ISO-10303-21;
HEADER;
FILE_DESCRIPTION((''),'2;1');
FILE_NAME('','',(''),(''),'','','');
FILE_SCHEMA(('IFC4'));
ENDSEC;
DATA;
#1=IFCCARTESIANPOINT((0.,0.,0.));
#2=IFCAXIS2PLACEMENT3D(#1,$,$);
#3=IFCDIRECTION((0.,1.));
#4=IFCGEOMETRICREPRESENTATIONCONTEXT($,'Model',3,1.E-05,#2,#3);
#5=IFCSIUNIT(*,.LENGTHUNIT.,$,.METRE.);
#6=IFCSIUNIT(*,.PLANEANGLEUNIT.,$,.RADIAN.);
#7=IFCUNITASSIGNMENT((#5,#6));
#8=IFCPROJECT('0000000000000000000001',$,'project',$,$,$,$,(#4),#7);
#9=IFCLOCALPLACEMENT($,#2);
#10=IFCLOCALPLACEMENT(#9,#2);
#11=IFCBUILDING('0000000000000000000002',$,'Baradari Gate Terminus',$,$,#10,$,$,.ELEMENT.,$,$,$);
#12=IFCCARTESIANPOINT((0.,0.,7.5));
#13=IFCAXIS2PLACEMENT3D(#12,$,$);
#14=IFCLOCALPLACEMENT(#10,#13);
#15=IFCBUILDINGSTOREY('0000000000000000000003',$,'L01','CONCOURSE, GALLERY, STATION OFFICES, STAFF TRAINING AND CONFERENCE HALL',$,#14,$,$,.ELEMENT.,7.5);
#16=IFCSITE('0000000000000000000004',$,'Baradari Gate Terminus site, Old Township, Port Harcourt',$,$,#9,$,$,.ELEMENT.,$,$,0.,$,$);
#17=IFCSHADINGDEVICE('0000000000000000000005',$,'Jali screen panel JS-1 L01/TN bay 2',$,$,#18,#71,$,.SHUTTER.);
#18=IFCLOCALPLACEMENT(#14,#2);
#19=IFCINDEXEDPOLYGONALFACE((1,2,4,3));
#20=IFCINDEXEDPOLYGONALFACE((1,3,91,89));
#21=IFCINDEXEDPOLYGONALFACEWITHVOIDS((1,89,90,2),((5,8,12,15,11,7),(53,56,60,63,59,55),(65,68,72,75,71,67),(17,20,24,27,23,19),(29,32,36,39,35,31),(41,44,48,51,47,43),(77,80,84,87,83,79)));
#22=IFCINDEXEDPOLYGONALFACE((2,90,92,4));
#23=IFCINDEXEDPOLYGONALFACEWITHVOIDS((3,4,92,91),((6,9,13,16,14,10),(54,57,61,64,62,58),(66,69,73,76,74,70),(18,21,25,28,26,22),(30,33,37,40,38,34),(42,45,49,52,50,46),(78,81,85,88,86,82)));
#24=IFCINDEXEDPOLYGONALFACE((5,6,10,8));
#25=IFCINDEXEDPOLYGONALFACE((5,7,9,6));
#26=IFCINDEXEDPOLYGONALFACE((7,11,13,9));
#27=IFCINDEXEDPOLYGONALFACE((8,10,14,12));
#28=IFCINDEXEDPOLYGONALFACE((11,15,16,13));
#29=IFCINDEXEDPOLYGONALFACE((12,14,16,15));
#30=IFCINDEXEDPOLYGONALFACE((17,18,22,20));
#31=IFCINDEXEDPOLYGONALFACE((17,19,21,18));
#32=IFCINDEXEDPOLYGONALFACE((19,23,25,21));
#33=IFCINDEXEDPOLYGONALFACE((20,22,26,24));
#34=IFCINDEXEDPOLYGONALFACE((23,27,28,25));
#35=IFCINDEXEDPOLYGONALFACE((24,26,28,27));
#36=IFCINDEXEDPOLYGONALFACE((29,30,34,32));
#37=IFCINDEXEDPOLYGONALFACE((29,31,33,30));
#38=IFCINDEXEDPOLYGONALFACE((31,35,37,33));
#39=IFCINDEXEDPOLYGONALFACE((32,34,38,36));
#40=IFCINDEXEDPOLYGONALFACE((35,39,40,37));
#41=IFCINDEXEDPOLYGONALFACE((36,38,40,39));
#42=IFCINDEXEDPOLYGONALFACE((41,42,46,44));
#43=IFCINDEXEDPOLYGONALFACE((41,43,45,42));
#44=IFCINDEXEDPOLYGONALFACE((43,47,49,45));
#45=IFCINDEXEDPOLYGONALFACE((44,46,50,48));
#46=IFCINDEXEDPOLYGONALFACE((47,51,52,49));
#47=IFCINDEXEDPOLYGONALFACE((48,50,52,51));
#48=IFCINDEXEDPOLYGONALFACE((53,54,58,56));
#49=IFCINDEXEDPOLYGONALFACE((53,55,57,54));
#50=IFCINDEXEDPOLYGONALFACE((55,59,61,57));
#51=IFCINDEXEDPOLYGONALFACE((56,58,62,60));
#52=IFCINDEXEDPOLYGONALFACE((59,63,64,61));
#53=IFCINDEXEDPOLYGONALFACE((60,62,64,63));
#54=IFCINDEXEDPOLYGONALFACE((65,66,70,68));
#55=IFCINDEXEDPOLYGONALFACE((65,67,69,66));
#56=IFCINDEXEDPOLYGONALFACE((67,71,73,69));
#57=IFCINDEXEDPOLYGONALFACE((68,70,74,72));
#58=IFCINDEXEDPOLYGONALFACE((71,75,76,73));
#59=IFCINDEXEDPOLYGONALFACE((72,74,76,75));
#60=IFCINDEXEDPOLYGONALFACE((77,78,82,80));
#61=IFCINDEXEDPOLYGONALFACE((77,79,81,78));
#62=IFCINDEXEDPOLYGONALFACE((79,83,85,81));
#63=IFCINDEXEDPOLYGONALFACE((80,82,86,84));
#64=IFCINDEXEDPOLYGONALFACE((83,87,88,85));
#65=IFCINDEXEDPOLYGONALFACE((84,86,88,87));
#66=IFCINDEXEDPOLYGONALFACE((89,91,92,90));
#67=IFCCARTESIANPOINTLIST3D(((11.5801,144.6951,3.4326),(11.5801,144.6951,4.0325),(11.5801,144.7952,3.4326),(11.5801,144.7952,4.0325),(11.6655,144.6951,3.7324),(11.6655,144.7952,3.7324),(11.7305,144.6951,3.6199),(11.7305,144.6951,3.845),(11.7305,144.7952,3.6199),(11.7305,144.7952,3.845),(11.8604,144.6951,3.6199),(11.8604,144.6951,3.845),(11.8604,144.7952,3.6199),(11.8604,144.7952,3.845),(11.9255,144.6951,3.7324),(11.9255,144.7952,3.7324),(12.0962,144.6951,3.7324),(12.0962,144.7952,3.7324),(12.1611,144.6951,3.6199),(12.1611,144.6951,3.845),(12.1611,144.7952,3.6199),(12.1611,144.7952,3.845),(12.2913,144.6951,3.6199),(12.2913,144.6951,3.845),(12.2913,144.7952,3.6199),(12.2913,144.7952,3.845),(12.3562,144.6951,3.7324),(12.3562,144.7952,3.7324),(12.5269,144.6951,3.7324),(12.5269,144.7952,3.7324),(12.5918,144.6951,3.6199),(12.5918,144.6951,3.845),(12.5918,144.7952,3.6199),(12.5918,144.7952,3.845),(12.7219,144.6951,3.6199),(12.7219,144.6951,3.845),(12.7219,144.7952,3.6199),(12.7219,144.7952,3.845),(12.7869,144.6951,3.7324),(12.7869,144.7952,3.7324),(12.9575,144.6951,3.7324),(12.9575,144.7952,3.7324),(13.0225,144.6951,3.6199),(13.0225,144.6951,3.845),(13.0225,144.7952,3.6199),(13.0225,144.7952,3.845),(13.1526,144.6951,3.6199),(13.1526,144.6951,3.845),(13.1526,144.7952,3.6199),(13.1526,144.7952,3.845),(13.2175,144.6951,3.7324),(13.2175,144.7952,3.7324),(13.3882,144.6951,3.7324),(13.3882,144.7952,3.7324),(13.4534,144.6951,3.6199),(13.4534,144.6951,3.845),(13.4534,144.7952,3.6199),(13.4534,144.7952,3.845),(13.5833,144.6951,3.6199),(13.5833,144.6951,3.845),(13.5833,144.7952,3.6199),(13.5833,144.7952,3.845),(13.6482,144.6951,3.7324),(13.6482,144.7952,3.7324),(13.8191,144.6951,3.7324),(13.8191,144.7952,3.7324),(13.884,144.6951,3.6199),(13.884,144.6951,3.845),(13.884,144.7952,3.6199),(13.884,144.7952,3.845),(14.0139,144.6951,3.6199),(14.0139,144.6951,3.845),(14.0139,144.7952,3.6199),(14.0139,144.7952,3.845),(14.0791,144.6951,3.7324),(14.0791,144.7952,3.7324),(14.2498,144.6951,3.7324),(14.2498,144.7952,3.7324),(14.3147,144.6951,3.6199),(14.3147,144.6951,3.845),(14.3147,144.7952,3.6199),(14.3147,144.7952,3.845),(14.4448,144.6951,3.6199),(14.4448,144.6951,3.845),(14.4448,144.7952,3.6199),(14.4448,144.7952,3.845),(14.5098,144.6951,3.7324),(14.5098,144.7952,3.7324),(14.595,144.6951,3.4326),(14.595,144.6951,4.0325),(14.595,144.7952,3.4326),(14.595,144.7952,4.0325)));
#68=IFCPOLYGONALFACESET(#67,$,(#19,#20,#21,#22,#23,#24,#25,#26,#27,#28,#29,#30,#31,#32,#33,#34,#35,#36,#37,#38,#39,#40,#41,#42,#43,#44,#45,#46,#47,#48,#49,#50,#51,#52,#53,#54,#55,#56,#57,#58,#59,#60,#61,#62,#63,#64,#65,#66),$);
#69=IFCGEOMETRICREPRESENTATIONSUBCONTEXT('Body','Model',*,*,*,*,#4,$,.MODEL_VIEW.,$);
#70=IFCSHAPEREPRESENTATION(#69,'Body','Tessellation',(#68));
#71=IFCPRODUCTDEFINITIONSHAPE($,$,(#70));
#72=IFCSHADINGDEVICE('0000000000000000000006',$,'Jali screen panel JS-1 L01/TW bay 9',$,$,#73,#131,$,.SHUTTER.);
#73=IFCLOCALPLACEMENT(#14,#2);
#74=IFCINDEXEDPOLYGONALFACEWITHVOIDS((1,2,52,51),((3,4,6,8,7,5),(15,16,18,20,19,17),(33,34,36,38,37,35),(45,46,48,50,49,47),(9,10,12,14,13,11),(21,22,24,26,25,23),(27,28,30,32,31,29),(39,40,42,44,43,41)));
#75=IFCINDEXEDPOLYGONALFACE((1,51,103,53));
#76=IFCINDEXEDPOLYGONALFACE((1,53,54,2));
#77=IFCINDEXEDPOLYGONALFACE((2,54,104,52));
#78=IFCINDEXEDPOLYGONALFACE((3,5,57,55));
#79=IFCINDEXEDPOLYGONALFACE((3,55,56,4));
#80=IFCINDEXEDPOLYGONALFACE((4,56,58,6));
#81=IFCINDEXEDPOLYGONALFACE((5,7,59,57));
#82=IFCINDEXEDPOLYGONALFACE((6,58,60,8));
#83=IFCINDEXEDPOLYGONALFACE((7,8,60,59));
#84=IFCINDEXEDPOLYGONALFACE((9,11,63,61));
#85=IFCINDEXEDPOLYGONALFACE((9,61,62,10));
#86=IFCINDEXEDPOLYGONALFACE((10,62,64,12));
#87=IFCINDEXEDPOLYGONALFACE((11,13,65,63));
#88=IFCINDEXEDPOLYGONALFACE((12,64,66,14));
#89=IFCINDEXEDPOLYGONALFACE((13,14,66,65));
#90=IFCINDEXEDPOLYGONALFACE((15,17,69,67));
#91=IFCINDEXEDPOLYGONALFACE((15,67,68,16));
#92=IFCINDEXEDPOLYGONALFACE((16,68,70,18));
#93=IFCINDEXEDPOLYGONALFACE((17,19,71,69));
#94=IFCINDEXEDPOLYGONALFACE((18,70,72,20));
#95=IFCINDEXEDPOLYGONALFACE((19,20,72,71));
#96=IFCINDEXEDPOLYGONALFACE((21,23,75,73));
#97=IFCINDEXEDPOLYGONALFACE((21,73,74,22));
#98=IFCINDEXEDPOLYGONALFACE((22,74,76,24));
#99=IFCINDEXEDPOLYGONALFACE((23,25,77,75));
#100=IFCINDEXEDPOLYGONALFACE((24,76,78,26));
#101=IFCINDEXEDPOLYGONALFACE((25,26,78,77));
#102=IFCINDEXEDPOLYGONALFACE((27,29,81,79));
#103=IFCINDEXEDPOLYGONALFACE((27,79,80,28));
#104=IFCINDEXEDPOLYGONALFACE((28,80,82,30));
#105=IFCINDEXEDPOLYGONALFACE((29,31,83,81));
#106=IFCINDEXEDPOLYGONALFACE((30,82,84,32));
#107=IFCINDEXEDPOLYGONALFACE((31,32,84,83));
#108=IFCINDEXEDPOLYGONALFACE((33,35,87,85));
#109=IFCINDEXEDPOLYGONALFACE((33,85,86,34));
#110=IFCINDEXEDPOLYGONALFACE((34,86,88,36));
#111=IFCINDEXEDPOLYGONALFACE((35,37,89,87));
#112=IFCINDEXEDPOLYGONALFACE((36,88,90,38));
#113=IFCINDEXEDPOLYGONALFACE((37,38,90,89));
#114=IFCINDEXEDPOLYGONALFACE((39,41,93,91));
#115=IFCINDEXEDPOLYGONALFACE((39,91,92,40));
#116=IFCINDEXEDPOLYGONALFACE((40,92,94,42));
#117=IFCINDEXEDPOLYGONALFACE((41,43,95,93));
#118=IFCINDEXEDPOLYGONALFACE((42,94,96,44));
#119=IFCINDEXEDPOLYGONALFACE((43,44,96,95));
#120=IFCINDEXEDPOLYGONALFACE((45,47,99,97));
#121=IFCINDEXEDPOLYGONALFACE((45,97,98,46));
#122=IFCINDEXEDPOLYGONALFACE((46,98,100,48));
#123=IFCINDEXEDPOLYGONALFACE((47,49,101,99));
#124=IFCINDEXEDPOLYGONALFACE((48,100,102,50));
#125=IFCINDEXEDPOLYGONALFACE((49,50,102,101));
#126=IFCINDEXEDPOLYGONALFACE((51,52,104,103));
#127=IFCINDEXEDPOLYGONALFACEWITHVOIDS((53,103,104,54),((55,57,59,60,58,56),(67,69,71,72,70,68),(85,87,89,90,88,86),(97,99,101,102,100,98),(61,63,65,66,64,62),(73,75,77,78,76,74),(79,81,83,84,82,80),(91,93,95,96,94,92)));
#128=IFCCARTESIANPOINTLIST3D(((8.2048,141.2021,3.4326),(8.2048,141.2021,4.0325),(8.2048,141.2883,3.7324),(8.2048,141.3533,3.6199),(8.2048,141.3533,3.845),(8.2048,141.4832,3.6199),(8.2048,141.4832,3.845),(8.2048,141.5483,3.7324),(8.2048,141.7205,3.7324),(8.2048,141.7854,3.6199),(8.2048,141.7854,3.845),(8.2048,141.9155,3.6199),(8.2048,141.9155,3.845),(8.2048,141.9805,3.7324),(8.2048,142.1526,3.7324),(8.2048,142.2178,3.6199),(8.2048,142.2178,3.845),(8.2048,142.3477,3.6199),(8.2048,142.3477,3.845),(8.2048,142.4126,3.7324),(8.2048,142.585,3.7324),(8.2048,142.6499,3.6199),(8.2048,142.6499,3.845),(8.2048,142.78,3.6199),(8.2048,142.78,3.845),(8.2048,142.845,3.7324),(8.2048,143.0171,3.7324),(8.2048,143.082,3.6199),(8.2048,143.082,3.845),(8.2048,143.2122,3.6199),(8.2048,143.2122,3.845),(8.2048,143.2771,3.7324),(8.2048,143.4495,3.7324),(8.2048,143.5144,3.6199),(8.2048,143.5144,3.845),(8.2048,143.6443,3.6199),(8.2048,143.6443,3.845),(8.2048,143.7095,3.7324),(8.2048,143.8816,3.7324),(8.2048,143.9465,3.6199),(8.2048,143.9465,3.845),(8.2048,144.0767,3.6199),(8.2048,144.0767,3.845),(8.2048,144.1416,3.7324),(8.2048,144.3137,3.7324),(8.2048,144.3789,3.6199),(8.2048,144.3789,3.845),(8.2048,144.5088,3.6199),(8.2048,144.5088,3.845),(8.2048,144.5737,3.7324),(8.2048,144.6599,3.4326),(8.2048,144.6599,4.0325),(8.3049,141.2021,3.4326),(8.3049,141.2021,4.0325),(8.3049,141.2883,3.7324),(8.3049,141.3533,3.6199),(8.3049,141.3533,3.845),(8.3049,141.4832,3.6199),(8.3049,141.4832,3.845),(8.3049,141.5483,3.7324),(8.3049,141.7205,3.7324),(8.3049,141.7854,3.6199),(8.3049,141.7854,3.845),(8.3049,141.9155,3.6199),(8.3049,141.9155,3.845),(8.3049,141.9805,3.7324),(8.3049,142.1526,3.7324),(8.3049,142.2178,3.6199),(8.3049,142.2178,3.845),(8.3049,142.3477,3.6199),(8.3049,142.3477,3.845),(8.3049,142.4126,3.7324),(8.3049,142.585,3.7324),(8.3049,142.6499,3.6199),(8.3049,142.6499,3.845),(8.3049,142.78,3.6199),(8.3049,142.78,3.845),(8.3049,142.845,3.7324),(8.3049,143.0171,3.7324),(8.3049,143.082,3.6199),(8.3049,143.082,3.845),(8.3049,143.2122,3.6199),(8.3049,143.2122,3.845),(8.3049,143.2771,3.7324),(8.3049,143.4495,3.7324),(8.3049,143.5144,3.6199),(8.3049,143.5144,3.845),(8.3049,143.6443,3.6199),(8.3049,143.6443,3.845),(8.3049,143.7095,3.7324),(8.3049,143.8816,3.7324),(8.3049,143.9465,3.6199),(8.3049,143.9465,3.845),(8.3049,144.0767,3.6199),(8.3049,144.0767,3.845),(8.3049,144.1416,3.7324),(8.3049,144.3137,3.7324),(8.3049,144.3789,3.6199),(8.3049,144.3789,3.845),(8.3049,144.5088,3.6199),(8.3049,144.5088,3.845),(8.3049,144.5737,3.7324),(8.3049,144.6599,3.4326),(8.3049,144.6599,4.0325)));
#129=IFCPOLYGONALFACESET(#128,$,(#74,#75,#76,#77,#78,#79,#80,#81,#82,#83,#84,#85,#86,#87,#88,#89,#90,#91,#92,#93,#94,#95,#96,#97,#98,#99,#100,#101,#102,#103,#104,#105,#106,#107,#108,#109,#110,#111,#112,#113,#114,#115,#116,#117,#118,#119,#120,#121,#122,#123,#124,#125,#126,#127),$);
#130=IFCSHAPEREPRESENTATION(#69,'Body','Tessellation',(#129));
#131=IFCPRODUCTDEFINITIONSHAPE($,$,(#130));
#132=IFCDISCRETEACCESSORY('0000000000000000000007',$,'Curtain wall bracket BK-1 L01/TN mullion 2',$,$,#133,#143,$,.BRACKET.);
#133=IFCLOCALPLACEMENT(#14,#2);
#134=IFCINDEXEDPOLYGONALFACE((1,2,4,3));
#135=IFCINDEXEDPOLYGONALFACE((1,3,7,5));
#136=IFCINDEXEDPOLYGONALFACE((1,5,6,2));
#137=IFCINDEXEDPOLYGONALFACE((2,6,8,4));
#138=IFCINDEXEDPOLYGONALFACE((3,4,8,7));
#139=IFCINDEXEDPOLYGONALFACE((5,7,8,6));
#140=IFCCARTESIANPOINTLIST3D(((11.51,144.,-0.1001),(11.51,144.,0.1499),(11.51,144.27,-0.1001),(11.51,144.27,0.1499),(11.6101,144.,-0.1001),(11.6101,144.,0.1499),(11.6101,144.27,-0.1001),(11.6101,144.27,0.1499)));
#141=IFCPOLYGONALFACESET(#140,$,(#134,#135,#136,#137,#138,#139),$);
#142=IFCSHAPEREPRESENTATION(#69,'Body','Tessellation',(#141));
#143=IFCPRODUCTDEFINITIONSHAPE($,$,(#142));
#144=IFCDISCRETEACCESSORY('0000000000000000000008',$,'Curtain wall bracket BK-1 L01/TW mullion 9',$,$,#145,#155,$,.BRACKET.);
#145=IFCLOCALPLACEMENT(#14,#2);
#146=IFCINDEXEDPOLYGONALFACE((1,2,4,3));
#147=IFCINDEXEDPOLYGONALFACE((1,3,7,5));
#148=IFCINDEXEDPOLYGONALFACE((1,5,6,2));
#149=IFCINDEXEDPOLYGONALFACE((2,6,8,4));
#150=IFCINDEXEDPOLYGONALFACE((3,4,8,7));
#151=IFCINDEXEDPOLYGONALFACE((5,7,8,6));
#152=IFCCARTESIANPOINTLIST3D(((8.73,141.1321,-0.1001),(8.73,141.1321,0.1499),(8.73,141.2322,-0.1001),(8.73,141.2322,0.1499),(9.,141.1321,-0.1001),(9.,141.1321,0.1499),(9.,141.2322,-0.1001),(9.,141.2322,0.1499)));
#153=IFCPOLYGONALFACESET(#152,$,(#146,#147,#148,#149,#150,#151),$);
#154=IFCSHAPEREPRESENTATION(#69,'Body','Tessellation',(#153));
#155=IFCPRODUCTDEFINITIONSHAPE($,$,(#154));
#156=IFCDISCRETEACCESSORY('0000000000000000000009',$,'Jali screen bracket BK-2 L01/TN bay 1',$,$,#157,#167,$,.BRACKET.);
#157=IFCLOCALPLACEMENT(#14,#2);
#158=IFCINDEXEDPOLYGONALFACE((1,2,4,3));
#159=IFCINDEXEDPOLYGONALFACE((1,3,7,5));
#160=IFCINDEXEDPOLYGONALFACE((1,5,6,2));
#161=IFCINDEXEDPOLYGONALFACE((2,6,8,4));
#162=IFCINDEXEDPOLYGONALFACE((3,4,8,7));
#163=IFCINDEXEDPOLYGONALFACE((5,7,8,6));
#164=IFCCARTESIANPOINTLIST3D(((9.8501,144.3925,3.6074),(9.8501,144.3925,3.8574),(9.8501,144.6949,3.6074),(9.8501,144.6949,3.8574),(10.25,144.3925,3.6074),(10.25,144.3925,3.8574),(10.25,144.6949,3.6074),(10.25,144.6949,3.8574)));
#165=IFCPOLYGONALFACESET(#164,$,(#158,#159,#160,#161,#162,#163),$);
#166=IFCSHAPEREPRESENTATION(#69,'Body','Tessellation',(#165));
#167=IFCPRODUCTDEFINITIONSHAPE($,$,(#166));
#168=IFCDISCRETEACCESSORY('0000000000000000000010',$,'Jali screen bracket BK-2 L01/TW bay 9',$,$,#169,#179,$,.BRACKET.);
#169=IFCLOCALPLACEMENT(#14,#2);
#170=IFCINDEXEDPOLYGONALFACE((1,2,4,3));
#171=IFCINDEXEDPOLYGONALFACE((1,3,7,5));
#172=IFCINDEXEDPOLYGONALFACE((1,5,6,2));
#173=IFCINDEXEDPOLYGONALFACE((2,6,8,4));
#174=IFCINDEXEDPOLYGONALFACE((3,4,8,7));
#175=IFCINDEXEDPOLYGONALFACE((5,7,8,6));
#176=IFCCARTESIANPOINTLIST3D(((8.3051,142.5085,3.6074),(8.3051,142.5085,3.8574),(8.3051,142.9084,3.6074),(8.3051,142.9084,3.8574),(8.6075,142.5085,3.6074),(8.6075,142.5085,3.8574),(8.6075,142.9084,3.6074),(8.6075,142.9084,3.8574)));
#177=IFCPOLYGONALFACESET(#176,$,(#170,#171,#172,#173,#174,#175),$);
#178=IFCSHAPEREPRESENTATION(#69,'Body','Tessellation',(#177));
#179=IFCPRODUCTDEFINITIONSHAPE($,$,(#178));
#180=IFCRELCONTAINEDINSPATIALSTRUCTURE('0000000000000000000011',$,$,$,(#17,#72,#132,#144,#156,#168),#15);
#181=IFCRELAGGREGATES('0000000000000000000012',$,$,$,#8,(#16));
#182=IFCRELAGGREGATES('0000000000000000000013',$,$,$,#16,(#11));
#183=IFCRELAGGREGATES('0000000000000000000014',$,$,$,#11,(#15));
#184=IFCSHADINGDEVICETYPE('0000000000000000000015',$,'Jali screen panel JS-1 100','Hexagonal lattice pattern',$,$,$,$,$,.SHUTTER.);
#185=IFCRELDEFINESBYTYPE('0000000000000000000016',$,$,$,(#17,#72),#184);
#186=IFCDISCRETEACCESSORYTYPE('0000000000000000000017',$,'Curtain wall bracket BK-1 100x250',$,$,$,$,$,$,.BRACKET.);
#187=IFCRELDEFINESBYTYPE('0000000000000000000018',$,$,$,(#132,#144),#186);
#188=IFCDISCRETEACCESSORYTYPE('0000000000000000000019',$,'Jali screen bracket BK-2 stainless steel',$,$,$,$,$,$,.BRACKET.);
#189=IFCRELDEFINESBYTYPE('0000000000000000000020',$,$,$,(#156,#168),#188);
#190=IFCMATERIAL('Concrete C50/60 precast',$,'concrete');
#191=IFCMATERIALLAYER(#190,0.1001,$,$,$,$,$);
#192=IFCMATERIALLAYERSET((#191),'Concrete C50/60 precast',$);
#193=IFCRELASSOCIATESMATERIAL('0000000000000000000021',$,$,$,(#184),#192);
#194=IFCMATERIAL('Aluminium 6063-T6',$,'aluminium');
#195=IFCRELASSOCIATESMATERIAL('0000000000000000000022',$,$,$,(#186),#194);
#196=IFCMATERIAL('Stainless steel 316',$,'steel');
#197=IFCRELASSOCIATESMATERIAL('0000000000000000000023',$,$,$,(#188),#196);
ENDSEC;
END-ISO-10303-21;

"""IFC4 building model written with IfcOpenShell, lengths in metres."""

from ifc_helpers import new_model, si_unit, direction, frame, origin, origin_2d, place, context, subcontext, project, spatial, polyline, rectangle, outline, extrude, material, layer, layer_set, type_object, element, save


model = new_model("IFC4")

# Units and contexts
model_context = context("Model", 3, precision=1e-05, world=origin(), true_north=direction((0.0, 1.0)))
body_context = subcontext(model_context, "Body", "Model", "MODEL_VIEW")
ifc_project = project(units=[si_unit("LENGTHUNIT", "METRE"), si_unit("PLANEANGLEUNIT", "RADIAN")], contexts=[model_context])

# Site, building, storey
site_placement = place(None, origin())
site = spatial("IfcSite", under=ifc_project, at=site_placement, Name="Baradari Gate Terminus site, Old Township, Port Harcourt", CompositionType="ELEMENT", RefElevation=0.0)
building_placement = place(site_placement, origin())
building = spatial("IfcBuilding", under=site, at=building_placement, Name="Baradari Gate Terminus", CompositionType="ELEMENT")
storey_placement = place(building_placement, frame((0.0, 0.0, 7.5)))
storey = spatial("IfcBuildingStorey", under=building, at=storey_placement, Name="L01", Description="CONCOURSE, GALLERY, STATION OFFICES, STAFF TRAINING AND CONFERENCE HALL", CompositionType="ELEMENT", Elevation=7.5)

# Shading devices
ifc_material_1 = material(Name="Concrete C50/60 precast", Category="concrete")
ifc_layer_1 = layer(ifc_material_1, 0.1001)
ifc_layer_set_1 = layer_set([ifc_layer_1], Name="Concrete C50/60 precast")
shading_device_type = type_object("IfcShadingDeviceType", Name="Jali screen panel JS-1 100", Description="Hexagonal lattice pattern", PredefinedType="SHUTTER", material=ifc_layer_set_1)
shading_device_1_placement = place(storey_placement, frame((11.5801, 144.7451, 3.4326), z_axis=(0.0, 0.0, 1.0), x_axis=(1.0, 0.0, 0.0)))
element("IfcShadingDevice", 1, at=shading_device_1_placement, inside=storey, type_object=shading_device_type, Name="Jali screen panel JS-1 L01/TN bay 2", PredefinedType="SHUTTER", context=body_context, shape_type="SweptSolid", body=[
    extrude(outline(polyline([(0.0, 0.0), (3.0149, 0.0), (3.0149, 0.5999), (0.0, 0.5999), (0.0, 0.0)]), holes=[polyline([(0.3455, 0.2998), (0.2803, 0.1873), (0.1504, 0.1873), (0.0854, 0.2998), (0.1504, 0.4124), (0.2803, 0.4124), (0.3455, 0.2998)]), polyline([(0.7761, 0.2998), (0.7112, 0.1873), (0.5811, 0.1873), (0.5161, 0.2998), (0.5811, 0.4124), (0.7112, 0.4124), (0.7761, 0.2998)]), polyline([(1.2068, 0.2998), (1.1418, 0.1873), (1.0117, 0.1873), (0.9468, 0.2998), (1.0117, 0.4124), (1.1418, 0.4124), (1.2068, 0.2998)]), polyline([(1.6375, 0.2998), (1.5725, 0.1873), (1.4424, 0.1873), (1.3774, 0.2998), (1.4424, 0.4124), (1.5725, 0.4124), (1.6375, 0.2998)]), polyline([(2.0681, 0.2998), (2.0032, 0.1873), (1.8733, 0.1873), (1.8081, 0.2998), (1.8733, 0.4124), (2.0032, 0.4124), (2.0681, 0.2998)]), polyline([(2.499, 0.2998), (2.4338, 0.1873), (2.304, 0.1873), (2.239, 0.2998), (2.304, 0.4124), (2.4338, 0.4124), (2.499, 0.2998)]), polyline([(2.9297, 0.2998), (2.8647, 0.1873), (2.7346, 0.1873), (2.6697, 0.2998), (2.7346, 0.4124), (2.8647, 0.4124), (2.9297, 0.2998)])]), frame((0.0, 0.05, 0.0), z_axis=(0.0, -1.0, 0.0), x_axis=(1.0, 0.0, 0.0)), (0.0, 0.0, 1.0), 0.1001),
])
shading_device_2_placement = place(storey_placement, frame((8.2549, 141.2021, 3.4326), z_axis=(0.0, 0.0, 1.0), x_axis=(0.0, 1.0, 0.0)))
element("IfcShadingDevice", 2, at=shading_device_2_placement, inside=storey, type_object=shading_device_type, Name="Jali screen panel JS-1 L01/TW bay 9", PredefinedType="SHUTTER", context=body_context, shape_type="SweptSolid", body=[
    extrude(outline(polyline([(0.0, 0.0), (3.4578, 0.0), (3.4578, 0.5999), (0.0, 0.5999), (0.0, 0.0)]), holes=[polyline([(0.3462, 0.2998), (0.281, 0.1873), (0.1511, 0.1873), (0.0862, 0.2998), (0.1511, 0.4124), (0.281, 0.4124), (0.3462, 0.2998)]), polyline([(0.7783, 0.2998), (0.7134, 0.1873), (0.5833, 0.1873), (0.5183, 0.2998), (0.5833, 0.4124), (0.7134, 0.4124), (0.7783, 0.2998)]), polyline([(1.2104, 0.2998), (1.1455, 0.1873), (1.0156, 0.1873), (0.9504, 0.2998), (1.0156, 0.4124), (1.1455, 0.4124), (1.2104, 0.2998)]), polyline([(1.6428, 0.2998), (1.5779, 0.1873), (1.4478, 0.1873), (1.3828, 0.2998), (1.4478, 0.4124), (1.5779, 0.4124), (1.6428, 0.2998)]), polyline([(2.075, 0.2998), (2.01, 0.1873), (1.8799, 0.1873), (1.8149, 0.2998), (1.8799, 0.4124), (2.01, 0.4124), (2.075, 0.2998)]), polyline([(2.5073, 0.2998), (2.4421, 0.1873), (2.3123, 0.1873), (2.2473, 0.2998), (2.3123, 0.4124), (2.4421, 0.4124), (2.5073, 0.2998)]), polyline([(2.9395, 0.2998), (2.8745, 0.1873), (2.7444, 0.1873), (2.6794, 0.2998), (2.7444, 0.4124), (2.8745, 0.4124), (2.9395, 0.2998)]), polyline([(3.3716, 0.2998), (3.3066, 0.1873), (3.1768, 0.1873), (3.1116, 0.2998), (3.1768, 0.4124), (3.3066, 0.4124), (3.3716, 0.2998)])]), frame((0.0, 0.05, 0.0), z_axis=(0.0, -1.0, 0.0), x_axis=(1.0, 0.0, 0.0)), (0.0, 0.0, 1.0), 0.1001),
])

# Discrete accessories
ifc_material_2 = material(Name="Aluminium 6063-T6", Category="aluminium")
discrete_accessory_type_1 = type_object("IfcDiscreteAccessoryType", Name="Curtain wall bracket BK-1 100x250", PredefinedType="BRACKET", material=ifc_material_2)
for number, where, z_axis, x_axis, name in (
    (3, (11.5601, 144.135, -0.1001), (0.0, 0.0, 1.0), (0.0, 1.0, 0.0), "Curtain wall bracket BK-1 L01/TN mullion 2"),
    (4, (8.865, 141.1821, -0.1001), (0.0, 0.0, 1.0), (-1.0, 0.0, 0.0), "Curtain wall bracket BK-1 L01/TW mullion 9"),
):
    element("IfcDiscreteAccessory", number, at=place(storey_placement, frame(where, z_axis=z_axis, x_axis=x_axis)), inside=storey, type_object=discrete_accessory_type_1, Name=name, PredefinedType="BRACKET", context=body_context, shape_type="SweptSolid", body=[
        extrude(rectangle(XDim=0.27, YDim=0.1001, at=origin_2d()), origin(), (0.0, 0.0, 1.0), 0.25),
    ])
ifc_material_3 = material(Name="Stainless steel 316", Category="steel")
discrete_accessory_type_2 = type_object("IfcDiscreteAccessoryType", Name="Jali screen bracket BK-2 stainless steel", PredefinedType="BRACKET", material=ifc_material_3)
for number, where, z_axis, x_axis, name in (
    (5, (10.05, 144.5437, 3.6074), (0.0, 0.0, 1.0), (0.0, 1.0, 0.0), "Jali screen bracket BK-2 L01/TN bay 1"),
    (6, (8.4563, 142.7085, 3.6074), (0.0, 0.0, 1.0), (-1.0, 0.0, 0.0), "Jali screen bracket BK-2 L01/TW bay 9"),
):
    element("IfcDiscreteAccessory", number, at=place(storey_placement, frame(where, z_axis=z_axis, x_axis=x_axis)), inside=storey, type_object=discrete_accessory_type_2, Name=name, PredefinedType="BRACKET", context=body_context, shape_type="SweptSolid", body=[
        extrude(rectangle(XDim=0.3025, YDim=0.3999, at=origin_2d()), origin(), (0.0, 0.0, 1.0), 0.25),
    ])

save(model, "model.ifc")
